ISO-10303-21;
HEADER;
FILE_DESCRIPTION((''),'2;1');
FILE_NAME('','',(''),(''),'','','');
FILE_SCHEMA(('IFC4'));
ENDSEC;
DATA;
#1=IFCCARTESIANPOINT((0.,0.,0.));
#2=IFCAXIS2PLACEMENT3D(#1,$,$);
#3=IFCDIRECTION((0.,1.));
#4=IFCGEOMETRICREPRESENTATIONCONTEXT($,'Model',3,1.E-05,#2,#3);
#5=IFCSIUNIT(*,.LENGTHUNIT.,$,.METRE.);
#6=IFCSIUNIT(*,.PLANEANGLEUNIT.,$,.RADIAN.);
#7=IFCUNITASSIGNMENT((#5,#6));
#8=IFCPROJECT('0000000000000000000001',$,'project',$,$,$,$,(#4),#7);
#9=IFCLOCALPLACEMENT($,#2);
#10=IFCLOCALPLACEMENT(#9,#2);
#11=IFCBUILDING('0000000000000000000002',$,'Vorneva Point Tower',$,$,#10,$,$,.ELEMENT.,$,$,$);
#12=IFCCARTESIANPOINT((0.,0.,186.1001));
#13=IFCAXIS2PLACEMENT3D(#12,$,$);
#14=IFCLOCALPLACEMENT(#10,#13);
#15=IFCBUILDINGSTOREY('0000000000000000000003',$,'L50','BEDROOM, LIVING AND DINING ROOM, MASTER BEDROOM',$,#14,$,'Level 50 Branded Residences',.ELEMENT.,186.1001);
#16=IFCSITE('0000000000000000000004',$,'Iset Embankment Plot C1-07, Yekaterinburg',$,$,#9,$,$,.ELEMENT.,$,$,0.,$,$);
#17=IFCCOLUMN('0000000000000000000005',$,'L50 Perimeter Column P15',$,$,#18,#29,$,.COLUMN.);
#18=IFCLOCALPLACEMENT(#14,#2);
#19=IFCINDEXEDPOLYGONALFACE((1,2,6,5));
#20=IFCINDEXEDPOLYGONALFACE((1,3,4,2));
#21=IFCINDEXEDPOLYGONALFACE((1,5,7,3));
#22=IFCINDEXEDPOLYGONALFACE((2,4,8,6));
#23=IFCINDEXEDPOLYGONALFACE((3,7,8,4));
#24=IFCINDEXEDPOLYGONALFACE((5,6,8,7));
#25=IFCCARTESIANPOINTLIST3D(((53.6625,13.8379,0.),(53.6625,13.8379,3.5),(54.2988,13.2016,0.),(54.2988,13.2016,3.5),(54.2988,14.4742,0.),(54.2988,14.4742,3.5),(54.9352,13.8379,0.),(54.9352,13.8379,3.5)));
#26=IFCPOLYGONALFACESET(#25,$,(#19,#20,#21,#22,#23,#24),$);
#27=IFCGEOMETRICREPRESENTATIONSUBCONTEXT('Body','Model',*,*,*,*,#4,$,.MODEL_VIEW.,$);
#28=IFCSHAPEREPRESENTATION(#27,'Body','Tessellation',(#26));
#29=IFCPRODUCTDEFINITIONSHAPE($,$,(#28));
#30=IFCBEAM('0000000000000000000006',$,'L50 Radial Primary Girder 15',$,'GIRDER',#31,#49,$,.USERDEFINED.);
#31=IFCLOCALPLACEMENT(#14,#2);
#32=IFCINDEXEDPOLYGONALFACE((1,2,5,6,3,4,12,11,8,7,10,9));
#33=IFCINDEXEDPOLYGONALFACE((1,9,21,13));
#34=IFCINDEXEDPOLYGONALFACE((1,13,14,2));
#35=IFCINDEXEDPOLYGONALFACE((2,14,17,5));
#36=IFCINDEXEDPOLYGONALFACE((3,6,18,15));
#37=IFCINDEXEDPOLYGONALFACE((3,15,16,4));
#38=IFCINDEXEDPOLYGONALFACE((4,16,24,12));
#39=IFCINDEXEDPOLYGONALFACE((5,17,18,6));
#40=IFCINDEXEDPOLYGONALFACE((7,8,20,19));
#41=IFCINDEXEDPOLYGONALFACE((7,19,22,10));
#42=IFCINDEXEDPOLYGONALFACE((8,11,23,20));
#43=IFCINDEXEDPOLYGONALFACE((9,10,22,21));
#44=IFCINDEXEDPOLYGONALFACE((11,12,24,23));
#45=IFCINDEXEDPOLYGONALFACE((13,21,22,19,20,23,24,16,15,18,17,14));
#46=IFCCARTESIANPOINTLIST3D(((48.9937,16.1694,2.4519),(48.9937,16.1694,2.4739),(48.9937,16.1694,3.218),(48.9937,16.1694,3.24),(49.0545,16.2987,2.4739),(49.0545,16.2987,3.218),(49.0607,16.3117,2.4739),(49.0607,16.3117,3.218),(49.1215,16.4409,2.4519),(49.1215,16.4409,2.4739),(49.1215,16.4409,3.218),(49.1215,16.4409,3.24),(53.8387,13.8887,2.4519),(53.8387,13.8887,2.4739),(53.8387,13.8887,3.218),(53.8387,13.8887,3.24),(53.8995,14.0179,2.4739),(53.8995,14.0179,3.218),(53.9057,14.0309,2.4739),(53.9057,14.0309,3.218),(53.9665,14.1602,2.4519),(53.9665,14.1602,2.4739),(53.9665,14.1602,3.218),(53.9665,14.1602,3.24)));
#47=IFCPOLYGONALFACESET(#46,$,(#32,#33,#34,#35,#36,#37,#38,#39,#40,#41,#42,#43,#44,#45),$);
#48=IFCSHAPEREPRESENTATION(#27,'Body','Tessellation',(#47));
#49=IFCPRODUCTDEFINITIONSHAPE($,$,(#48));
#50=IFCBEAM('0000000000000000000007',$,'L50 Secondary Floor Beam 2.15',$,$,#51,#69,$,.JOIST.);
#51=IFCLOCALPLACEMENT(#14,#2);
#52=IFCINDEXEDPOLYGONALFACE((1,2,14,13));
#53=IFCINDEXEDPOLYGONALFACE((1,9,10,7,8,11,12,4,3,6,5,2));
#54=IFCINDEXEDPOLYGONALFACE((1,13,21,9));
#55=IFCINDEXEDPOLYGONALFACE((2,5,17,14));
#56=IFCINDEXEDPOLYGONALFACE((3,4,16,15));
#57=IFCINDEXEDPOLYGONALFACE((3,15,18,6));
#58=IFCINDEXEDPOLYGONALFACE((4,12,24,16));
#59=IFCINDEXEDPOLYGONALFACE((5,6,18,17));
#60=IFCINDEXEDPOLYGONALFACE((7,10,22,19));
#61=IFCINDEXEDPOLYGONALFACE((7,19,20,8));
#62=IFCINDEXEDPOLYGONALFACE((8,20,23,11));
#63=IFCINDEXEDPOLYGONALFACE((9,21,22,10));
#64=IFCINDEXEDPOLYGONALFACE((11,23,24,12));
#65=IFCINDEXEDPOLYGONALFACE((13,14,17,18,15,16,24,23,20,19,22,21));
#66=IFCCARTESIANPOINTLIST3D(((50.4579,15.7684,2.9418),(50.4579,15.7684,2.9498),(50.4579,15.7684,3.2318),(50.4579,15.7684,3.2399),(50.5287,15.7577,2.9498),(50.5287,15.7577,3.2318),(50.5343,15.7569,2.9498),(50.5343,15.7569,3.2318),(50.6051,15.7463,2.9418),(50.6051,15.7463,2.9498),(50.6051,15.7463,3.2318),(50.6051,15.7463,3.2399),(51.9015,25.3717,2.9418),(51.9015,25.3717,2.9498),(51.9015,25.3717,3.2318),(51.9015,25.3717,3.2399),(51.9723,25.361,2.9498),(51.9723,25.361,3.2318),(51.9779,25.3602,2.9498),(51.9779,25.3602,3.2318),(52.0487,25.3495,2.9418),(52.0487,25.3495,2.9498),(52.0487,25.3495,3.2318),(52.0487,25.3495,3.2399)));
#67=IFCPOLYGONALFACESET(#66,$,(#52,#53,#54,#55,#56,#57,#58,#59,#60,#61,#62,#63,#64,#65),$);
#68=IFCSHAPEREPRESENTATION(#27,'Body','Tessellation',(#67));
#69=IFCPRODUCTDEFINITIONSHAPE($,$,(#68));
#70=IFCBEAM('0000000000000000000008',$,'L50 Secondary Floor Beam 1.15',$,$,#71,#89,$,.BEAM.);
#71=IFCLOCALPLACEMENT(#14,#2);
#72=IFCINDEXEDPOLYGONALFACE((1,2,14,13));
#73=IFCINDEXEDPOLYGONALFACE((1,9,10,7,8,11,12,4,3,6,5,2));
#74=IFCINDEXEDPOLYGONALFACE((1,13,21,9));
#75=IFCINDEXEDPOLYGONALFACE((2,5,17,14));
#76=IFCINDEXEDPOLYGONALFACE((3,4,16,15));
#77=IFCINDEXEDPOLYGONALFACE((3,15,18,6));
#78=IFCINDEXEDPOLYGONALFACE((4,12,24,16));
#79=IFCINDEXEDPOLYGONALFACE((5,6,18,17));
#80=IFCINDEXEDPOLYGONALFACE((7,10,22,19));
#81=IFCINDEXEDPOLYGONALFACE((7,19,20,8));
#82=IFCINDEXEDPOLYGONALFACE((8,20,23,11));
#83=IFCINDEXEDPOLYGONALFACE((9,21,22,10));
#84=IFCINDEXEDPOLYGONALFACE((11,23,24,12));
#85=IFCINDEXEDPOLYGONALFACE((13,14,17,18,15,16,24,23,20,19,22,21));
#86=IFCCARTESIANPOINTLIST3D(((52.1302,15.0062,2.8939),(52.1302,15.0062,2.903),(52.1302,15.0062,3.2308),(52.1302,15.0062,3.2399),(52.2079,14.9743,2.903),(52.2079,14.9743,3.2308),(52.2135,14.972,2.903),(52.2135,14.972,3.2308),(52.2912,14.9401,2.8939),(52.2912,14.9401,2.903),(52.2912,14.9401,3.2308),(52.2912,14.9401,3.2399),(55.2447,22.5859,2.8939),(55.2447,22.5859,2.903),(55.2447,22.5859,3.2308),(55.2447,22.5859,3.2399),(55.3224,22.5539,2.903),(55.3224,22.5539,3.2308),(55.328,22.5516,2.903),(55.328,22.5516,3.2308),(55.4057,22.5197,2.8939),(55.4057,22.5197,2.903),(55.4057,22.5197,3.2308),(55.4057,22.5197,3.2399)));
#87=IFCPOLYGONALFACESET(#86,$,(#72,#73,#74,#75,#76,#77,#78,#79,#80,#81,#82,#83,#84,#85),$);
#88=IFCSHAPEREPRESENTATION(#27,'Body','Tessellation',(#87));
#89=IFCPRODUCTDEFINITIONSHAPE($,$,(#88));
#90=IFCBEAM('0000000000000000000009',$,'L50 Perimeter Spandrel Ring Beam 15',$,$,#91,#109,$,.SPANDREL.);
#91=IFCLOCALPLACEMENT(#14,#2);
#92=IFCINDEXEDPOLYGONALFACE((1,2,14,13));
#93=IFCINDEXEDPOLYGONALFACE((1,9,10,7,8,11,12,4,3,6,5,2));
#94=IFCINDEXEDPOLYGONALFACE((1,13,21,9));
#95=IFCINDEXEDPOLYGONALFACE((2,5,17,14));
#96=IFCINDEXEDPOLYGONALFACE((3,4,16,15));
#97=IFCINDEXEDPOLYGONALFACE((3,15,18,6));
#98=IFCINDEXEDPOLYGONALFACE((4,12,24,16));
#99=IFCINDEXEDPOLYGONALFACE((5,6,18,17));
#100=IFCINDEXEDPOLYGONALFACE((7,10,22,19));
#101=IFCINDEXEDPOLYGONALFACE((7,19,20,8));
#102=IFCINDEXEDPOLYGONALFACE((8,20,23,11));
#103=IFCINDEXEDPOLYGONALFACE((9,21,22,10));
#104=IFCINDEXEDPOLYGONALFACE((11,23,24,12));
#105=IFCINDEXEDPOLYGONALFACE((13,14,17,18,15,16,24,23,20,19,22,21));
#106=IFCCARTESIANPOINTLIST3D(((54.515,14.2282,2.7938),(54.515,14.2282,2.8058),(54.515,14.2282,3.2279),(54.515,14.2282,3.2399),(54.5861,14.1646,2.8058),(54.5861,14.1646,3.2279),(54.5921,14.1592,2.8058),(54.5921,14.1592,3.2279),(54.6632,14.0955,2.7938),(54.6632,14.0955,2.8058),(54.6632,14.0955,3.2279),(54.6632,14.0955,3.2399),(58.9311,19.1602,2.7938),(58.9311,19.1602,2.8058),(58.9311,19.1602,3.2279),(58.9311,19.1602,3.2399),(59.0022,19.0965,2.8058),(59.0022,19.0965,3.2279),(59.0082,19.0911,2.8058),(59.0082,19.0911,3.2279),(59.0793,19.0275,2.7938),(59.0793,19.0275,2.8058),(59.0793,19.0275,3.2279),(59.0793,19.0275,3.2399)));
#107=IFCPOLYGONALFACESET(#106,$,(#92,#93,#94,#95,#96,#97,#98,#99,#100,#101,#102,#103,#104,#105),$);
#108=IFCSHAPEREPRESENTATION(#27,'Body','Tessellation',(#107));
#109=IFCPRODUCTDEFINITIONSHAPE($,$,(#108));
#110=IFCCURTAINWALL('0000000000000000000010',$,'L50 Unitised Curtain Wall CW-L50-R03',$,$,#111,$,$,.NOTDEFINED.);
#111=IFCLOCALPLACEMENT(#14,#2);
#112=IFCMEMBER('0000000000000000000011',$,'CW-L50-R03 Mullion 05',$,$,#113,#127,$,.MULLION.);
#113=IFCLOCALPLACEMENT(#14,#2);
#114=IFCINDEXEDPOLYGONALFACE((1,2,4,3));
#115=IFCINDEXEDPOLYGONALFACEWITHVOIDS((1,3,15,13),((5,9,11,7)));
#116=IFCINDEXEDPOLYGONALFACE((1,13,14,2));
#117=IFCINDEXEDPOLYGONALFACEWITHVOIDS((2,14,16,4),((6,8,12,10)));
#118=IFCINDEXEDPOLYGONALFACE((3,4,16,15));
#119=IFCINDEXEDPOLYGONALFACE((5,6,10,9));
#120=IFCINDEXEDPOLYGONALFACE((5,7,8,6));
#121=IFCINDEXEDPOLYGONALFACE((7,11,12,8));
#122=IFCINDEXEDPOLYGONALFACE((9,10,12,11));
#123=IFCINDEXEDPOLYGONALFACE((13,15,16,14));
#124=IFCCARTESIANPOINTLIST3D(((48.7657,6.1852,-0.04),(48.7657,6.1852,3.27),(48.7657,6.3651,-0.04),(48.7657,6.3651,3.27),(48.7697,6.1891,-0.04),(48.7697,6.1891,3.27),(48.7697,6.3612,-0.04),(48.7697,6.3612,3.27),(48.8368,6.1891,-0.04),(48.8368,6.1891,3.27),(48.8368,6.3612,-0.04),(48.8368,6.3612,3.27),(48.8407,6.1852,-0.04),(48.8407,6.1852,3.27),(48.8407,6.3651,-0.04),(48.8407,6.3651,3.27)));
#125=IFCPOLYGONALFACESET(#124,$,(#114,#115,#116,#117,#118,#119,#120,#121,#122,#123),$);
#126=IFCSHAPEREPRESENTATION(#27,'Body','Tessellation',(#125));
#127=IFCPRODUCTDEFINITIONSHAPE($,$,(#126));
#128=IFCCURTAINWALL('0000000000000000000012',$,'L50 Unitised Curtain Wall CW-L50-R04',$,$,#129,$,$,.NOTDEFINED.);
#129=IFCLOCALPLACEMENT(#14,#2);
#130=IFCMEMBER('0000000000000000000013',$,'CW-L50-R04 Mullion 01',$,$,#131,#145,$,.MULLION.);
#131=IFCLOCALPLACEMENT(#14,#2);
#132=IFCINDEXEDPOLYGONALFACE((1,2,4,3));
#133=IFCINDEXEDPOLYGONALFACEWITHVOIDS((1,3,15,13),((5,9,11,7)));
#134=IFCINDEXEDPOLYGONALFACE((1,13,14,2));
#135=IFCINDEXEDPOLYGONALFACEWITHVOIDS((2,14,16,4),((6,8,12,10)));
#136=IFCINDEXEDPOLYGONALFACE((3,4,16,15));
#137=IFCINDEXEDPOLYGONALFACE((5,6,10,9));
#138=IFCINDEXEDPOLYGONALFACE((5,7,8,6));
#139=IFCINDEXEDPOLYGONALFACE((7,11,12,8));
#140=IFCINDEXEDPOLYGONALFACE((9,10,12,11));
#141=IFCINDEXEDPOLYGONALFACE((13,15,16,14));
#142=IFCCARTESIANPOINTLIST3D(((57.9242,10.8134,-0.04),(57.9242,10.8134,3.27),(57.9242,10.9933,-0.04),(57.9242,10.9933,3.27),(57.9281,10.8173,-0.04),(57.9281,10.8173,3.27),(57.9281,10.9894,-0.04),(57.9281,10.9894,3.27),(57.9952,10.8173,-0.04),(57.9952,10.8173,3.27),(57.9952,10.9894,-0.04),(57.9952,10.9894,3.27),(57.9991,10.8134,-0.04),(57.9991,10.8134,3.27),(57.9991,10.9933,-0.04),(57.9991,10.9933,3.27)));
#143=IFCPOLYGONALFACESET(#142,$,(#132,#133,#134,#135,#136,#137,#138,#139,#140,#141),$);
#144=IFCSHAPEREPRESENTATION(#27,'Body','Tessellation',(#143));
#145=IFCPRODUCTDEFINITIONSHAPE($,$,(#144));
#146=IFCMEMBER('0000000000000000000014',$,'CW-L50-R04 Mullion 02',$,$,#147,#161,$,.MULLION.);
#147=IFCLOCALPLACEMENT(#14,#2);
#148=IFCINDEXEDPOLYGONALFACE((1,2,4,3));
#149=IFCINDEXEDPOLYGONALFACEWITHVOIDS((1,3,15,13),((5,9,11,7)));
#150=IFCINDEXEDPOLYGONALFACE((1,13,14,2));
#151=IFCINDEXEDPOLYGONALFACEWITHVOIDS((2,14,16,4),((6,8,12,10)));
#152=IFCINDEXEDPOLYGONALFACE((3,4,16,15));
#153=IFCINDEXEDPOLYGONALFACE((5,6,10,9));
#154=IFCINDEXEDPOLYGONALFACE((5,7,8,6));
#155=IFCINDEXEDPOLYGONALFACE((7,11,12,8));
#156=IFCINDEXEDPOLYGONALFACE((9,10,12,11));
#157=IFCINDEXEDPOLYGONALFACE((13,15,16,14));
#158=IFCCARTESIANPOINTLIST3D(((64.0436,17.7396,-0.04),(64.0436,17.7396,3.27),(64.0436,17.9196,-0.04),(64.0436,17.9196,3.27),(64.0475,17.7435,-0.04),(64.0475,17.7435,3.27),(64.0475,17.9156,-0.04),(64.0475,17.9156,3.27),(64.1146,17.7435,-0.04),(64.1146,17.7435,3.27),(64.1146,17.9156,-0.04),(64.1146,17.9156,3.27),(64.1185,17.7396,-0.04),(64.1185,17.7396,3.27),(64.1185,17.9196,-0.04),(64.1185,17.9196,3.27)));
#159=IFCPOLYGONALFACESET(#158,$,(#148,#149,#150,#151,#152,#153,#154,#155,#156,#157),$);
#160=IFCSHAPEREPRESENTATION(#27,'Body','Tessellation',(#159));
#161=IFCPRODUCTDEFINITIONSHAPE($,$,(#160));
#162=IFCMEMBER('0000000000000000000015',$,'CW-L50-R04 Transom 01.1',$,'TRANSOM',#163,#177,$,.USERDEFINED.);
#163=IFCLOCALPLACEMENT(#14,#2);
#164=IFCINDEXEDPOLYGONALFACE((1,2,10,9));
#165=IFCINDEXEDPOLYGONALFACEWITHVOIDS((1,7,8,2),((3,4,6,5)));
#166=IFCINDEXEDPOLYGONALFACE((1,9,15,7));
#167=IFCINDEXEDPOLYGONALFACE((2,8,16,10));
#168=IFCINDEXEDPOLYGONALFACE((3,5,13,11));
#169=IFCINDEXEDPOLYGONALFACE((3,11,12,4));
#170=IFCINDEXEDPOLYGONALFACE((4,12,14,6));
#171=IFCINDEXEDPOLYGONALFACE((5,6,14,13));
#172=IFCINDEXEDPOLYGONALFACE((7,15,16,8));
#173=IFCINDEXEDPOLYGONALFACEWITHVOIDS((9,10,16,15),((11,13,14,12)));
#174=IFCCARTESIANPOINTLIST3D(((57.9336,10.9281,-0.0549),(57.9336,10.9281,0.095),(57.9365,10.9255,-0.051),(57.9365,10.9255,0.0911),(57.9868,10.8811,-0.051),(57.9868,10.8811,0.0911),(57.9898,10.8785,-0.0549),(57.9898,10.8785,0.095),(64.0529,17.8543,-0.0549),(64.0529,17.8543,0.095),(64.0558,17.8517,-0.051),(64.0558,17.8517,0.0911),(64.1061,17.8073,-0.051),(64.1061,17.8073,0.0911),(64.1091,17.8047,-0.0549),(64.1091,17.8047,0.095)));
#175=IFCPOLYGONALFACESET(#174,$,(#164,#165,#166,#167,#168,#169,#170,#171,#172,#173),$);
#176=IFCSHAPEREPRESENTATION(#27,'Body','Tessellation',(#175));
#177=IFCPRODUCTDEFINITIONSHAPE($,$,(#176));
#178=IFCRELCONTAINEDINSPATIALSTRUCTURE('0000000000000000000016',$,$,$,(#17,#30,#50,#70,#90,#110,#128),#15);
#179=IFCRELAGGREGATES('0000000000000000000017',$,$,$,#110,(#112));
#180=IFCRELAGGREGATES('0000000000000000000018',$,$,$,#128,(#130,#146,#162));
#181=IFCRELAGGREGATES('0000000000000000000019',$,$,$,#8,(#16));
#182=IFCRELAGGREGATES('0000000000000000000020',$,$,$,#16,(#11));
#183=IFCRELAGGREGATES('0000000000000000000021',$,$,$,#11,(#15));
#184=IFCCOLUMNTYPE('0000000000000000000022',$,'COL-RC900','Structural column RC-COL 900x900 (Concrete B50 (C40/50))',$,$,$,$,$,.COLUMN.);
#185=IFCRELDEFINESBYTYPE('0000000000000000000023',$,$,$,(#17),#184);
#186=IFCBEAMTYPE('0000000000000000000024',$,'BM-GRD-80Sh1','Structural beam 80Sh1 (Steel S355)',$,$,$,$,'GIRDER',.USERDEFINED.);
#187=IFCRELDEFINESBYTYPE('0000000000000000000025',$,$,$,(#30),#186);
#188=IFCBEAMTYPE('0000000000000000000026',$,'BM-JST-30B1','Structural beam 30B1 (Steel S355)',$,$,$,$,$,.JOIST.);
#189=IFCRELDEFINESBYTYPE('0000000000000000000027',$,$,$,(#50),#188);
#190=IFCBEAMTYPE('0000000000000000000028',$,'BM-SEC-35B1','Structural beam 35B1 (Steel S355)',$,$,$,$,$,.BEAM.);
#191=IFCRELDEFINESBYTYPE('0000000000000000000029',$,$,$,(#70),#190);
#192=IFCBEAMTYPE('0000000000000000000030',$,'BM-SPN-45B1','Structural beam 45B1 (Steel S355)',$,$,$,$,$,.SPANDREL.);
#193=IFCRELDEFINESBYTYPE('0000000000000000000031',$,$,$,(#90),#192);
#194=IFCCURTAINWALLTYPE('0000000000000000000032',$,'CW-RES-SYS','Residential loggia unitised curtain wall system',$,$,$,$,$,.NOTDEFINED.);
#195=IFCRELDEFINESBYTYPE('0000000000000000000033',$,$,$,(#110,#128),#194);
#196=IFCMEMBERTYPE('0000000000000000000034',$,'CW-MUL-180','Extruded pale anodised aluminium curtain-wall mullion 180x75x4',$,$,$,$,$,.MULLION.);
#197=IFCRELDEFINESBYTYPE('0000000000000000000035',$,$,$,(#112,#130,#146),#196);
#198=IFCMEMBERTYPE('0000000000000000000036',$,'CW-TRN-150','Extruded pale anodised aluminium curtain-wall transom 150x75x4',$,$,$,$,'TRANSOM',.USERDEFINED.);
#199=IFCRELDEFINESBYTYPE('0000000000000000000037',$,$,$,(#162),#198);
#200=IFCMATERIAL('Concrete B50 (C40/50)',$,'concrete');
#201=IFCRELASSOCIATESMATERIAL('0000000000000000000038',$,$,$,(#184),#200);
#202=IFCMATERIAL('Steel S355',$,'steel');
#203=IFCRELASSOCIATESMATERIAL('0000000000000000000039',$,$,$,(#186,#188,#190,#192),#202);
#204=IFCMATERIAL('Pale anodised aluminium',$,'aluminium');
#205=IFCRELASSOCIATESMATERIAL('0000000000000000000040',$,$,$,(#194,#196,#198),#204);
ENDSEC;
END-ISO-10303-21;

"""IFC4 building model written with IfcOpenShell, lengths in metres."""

from ifc_helpers import new_model, si_unit, direction, frame, origin, origin_2d, place, context, subcontext, project, spatial, rectangle, hollow_rectangle, i_section, extrude, material, material_profile, profile_set, type_object, element, aggregate, save


model = new_model("IFC4")

# Units and contexts
model_context = context("Model", 3, precision=1e-05, world=origin(), true_north=direction((0.0, 1.0)))
body_context = subcontext(model_context, "Body", "Model", "MODEL_VIEW")
ifc_project = project(units=[si_unit("LENGTHUNIT", "METRE"), si_unit("PLANEANGLEUNIT", "RADIAN")], contexts=[model_context])

# Site, building, storey
site_placement = place(None, origin())
site = spatial("IfcSite", under=ifc_project, at=site_placement, Name="Iset Embankment Plot C1-07, Yekaterinburg", CompositionType="ELEMENT", RefElevation=0.0)
building_placement = place(site_placement, origin())
building = spatial("IfcBuilding", under=site, at=building_placement, Name="Vorneva Point Tower", CompositionType="ELEMENT")
storey_placement = place(building_placement, frame((0.0, 0.0, 186.1001)))
storey = spatial("IfcBuildingStorey", under=building, at=storey_placement, Name="L50", Description="BEDROOM, LIVING AND DINING ROOM, MASTER BEDROOM", LongName="Level 50 Branded Residences", CompositionType="ELEMENT", Elevation=186.1001)

# Column
ifc_material_1 = material(Name="Concrete B50 (C40/50)", Category="concrete")
ifc_material_profile_1 = material_profile(ifc_material_1, rectangle(XDim=0.8999, YDim=0.8999, at=origin_2d()), Name="RC-COL 900x900")
ifc_profile_set_1 = profile_set([ifc_material_profile_1], Name="Concrete B50 (C40/50)")
column_type = type_object("IfcColumnType", Name="COL-RC900", Description="Structural column RC-COL 900x900 (Concrete B50 (C40/50))", PredefinedType="COLUMN", material=ifc_profile_set_1)
column_placement = place(storey_placement, frame((54.2988, 13.8379, 0.0), z_axis=(0.0, 0.0, 1.0), x_axis=(0.707107, -0.707107, 0.0)))
element("IfcColumn", 1, at=column_placement, inside=storey, type_object=column_type, Name="L50 Perimeter Column P15", PredefinedType="COLUMN", context=body_context, shape_type="SweptSolid", body=[
    extrude(rectangle(XDim=0.8999, YDim=0.8999, at=origin_2d()), origin(), (0.0, 0.0, 1.0), 3.5),
])

# Beams
ifc_material_2 = material(Name="Steel S355", Category="steel")
ifc_material_profile_2 = material_profile(ifc_material_2, i_section(OverallWidth=0.3, OverallDepth=0.7881, WebThickness=0.0144, FlangeThickness=0.022, at=origin_2d()), Name="80Sh1")
ifc_profile_set_2 = profile_set([ifc_material_profile_2], Name="Steel S355")
beam_type_1 = type_object("IfcBeamType", Name="BM-GRD-80Sh1", Description="Structural beam 80Sh1 (Steel S355)", ElementType="GIRDER", PredefinedType="USERDEFINED", material=ifc_profile_set_2)
beam_1_placement = place(storey_placement, frame((53.9026, 14.0244, 2.8459), z_axis=(-0.904763, 0.425916, 0.0), x_axis=(-0.425916, -0.904763, 0.0)))
element("IfcBeam", 2, at=beam_1_placement, inside=storey, type_object=beam_type_1, Name="L50 Radial Primary Girder 15", ObjectType="GIRDER", PredefinedType="USERDEFINED", context=body_context, shape_type="SweptSolid", body=[
    extrude(i_section(OverallWidth=0.3, OverallDepth=0.7881, WebThickness=0.0144, FlangeThickness=0.022, at=origin_2d()), origin(), (0.0, 0.0, 1.0), 5.355),
])
ifc_material_profile_3 = material_profile(ifc_material_2, i_section(OverallWidth=0.1489, OverallDepth=0.2981, WebThickness=0.0056, FlangeThickness=0.0081, at=origin_2d()), Name="30B1")
ifc_profile_set_3 = profile_set([ifc_material_profile_3], Name="Steel S355")
beam_type_2 = type_object("IfcBeamType", Name="BM-JST-30B1", Description="Structural beam 30B1 (Steel S355)", PredefinedType="JOIST", material=ifc_profile_set_3)
beam_2_placement = place(storey_placement, frame((50.5315, 15.7573, 3.0908), z_axis=(0.148654, 0.988889, 0.0), x_axis=(-0.988889, 0.148654, 0.0)))
element("IfcBeam", 3, at=beam_2_placement, inside=storey, type_object=beam_type_2, Name="L50 Secondary Floor Beam 2.15", PredefinedType="JOIST", context=body_context, shape_type="SweptSolid", body=[
    extrude(i_section(OverallWidth=0.1489, OverallDepth=0.2981, WebThickness=0.0056, FlangeThickness=0.0081, at=origin_2d()), origin(), (0.0, 0.0, 1.0), 9.7112),
])
ifc_material_profile_4 = material_profile(ifc_material_2, i_section(OverallWidth=0.1741, OverallDepth=0.3459, WebThickness=0.0061, FlangeThickness=0.009, at=origin_2d()), Name="35B1")
ifc_profile_set_4 = profile_set([ifc_material_profile_4], Name="Steel S355")
beam_type_3 = type_object("IfcBeamType", Name="BM-SEC-35B1", Description="Structural beam 35B1 (Steel S355)", PredefinedType="BEAM", material=ifc_profile_set_4)
beam_3_placement = place(storey_placement, frame((52.2107, 14.9731, 3.0669), z_axis=(0.380071, 0.924957, 0.0), x_axis=(-0.924957, 0.380071, 0.0)))
element("IfcBeam", 4, at=beam_3_placement, inside=storey, type_object=beam_type_3, Name="L50 Secondary Floor Beam 1.15", PredefinedType="BEAM", context=body_context, shape_type="SweptSolid", body=[
    extrude(i_section(OverallWidth=0.1741, OverallDepth=0.3459, WebThickness=0.0061, FlangeThickness=0.009, at=origin_2d()), origin(), (0.0, 0.0, 1.0), 8.1946),
])
ifc_material_profile_5 = material_profile(ifc_material_2, i_section(OverallWidth=0.199, OverallDepth=0.446, WebThickness=0.0081, FlangeThickness=0.012, at=origin_2d()), Name="45B1")
ifc_profile_set_5 = profile_set([ifc_material_profile_5], Name="Steel S355")
beam_type_4 = type_object("IfcBeamType", Name="BM-SPN-45B1", Description="Structural beam 45B1 (Steel S355)", PredefinedType="SPANDREL", material=ifc_profile_set_5)
beam_4_placement = place(storey_placement, frame((54.5891, 14.1619, 3.0168), z_axis=(0.66707, 0.744995, 0.0), x_axis=(-0.744995, 0.66707, 0.0)))
element("IfcBeam", 5, at=beam_4_placement, inside=storey, type_object=beam_type_4, Name="L50 Perimeter Spandrel Ring Beam 15", PredefinedType="SPANDREL", context=body_context, shape_type="SweptSolid", body=[
    extrude(i_section(OverallWidth=0.199, OverallDepth=0.446, WebThickness=0.0081, FlangeThickness=0.012, at=origin_2d()), origin(), (0.0, 0.0, 1.0), 6.6201),
])

# Curtain wall, member
ifc_material_3 = material(Name="Pale anodised aluminium", Category="aluminium")
curtain_wall_type = type_object("IfcCurtainWallType", Name="CW-RES-SYS", Description="Residential loggia unitised curtain wall system", PredefinedType="NOTDEFINED", material=ifc_material_3)
curtain_wall_1_placement = place(storey_placement, origin())
curtain_wall_1 = element("IfcCurtainWall", 6, at=curtain_wall_1_placement, inside=storey, type_object=curtain_wall_type, Name="L50 Unitised Curtain Wall CW-L50-R03", PredefinedType="NOTDEFINED")
ifc_material_profile_6 = material_profile(ifc_material_3, hollow_rectangle(XDim=0.075, YDim=0.1799, WallThickness=0.0039, at=origin_2d()), Name="AL-MUL 180x75x4")
ifc_profile_set_6 = profile_set([ifc_material_profile_6], Name="Pale anodised aluminium")
member_type_1 = type_object("IfcMemberType", Name="CW-MUL-180", Description="Extruded pale anodised aluminium curtain-wall mullion 180x75x4", PredefinedType="MULLION", material=ifc_profile_set_6)
member_1_placement = place(storey_placement, frame((48.8032, 6.2751, -0.04), z_axis=(0.0, 0.0, 1.0), x_axis=(1.0, 0.0, 0.0)))
member_1 = element("IfcMember", 7, at=member_1_placement, type_object=member_type_1, Name="CW-L50-R03 Mullion 05", PredefinedType="MULLION", context=body_context, shape_type="SweptSolid", body=[
    extrude(hollow_rectangle(XDim=0.075, YDim=0.1799, WallThickness=0.0039, at=origin_2d()), origin(), (0.0, 0.0, 1.0), 3.3101),
])
aggregate(curtain_wall_1, [member_1])

# Curtain wall, members
curtain_wall_2_placement = place(storey_placement, origin())
curtain_wall_2 = element("IfcCurtainWall", 8, at=curtain_wall_2_placement, inside=storey, type_object=curtain_wall_type, Name="L50 Unitised Curtain Wall CW-L50-R04", PredefinedType="NOTDEFINED")
member_2_placement = place(storey_placement, frame((57.9617, 10.9033, -0.04), z_axis=(0.0, 0.0, 1.0), x_axis=(1.0, 0.0, 0.0)))
member_2 = element("IfcMember", 9, at=member_2_placement, type_object=member_type_1, Name="CW-L50-R04 Mullion 01", PredefinedType="MULLION", context=body_context, shape_type="SweptSolid", body=[
    extrude(hollow_rectangle(XDim=0.075, YDim=0.1799, WallThickness=0.0039, at=origin_2d()), origin(), (0.0, 0.0, 1.0), 3.3101),
])
member_3_placement = place(storey_placement, frame((64.0811, 17.8296, -0.04), z_axis=(0.0, 0.0, 1.0), x_axis=(1.0, 0.0, 0.0)))
member_3 = element("IfcMember", 10, at=member_3_placement, type_object=member_type_1, Name="CW-L50-R04 Mullion 02", PredefinedType="MULLION", context=body_context, shape_type="SweptSolid", body=[
    extrude(hollow_rectangle(XDim=0.075, YDim=0.1799, WallThickness=0.0039, at=origin_2d()), origin(), (0.0, 0.0, 1.0), 3.3101),
])
ifc_material_profile_7 = material_profile(ifc_material_3, hollow_rectangle(XDim=0.075, YDim=0.1499, WallThickness=0.0039, at=origin_2d()), Name="AL-TRN 150x75x4")
ifc_profile_set_7 = profile_set([ifc_material_profile_7], Name="Pale anodised aluminium")
member_type_2 = type_object("IfcMemberType", Name="CW-TRN-150", Description="Extruded pale anodised aluminium curtain-wall transom 150x75x4", ElementType="TRANSOM", PredefinedType="USERDEFINED", material=ifc_profile_set_7)
member_4_placement = place(storey_placement, frame((57.9617, 10.9033, 0.02), z_axis=(0.662106, 0.74941, 0.0), x_axis=(-0.74941, 0.662106, 0.0)))
member_4 = element("IfcMember", 11, at=member_4_placement, type_object=member_type_2, Name="CW-L50-R04 Transom 01.1", ObjectType="TRANSOM", PredefinedType="USERDEFINED", context=body_context, shape_type="SweptSolid", body=[
    extrude(hollow_rectangle(XDim=0.075, YDim=0.1499, WallThickness=0.0039, at=origin_2d()), origin(), (0.0, 0.0, 1.0), 9.2422),
])
aggregate(curtain_wall_2, [member_2, member_3, member_4])

save(model, "model.ifc")
